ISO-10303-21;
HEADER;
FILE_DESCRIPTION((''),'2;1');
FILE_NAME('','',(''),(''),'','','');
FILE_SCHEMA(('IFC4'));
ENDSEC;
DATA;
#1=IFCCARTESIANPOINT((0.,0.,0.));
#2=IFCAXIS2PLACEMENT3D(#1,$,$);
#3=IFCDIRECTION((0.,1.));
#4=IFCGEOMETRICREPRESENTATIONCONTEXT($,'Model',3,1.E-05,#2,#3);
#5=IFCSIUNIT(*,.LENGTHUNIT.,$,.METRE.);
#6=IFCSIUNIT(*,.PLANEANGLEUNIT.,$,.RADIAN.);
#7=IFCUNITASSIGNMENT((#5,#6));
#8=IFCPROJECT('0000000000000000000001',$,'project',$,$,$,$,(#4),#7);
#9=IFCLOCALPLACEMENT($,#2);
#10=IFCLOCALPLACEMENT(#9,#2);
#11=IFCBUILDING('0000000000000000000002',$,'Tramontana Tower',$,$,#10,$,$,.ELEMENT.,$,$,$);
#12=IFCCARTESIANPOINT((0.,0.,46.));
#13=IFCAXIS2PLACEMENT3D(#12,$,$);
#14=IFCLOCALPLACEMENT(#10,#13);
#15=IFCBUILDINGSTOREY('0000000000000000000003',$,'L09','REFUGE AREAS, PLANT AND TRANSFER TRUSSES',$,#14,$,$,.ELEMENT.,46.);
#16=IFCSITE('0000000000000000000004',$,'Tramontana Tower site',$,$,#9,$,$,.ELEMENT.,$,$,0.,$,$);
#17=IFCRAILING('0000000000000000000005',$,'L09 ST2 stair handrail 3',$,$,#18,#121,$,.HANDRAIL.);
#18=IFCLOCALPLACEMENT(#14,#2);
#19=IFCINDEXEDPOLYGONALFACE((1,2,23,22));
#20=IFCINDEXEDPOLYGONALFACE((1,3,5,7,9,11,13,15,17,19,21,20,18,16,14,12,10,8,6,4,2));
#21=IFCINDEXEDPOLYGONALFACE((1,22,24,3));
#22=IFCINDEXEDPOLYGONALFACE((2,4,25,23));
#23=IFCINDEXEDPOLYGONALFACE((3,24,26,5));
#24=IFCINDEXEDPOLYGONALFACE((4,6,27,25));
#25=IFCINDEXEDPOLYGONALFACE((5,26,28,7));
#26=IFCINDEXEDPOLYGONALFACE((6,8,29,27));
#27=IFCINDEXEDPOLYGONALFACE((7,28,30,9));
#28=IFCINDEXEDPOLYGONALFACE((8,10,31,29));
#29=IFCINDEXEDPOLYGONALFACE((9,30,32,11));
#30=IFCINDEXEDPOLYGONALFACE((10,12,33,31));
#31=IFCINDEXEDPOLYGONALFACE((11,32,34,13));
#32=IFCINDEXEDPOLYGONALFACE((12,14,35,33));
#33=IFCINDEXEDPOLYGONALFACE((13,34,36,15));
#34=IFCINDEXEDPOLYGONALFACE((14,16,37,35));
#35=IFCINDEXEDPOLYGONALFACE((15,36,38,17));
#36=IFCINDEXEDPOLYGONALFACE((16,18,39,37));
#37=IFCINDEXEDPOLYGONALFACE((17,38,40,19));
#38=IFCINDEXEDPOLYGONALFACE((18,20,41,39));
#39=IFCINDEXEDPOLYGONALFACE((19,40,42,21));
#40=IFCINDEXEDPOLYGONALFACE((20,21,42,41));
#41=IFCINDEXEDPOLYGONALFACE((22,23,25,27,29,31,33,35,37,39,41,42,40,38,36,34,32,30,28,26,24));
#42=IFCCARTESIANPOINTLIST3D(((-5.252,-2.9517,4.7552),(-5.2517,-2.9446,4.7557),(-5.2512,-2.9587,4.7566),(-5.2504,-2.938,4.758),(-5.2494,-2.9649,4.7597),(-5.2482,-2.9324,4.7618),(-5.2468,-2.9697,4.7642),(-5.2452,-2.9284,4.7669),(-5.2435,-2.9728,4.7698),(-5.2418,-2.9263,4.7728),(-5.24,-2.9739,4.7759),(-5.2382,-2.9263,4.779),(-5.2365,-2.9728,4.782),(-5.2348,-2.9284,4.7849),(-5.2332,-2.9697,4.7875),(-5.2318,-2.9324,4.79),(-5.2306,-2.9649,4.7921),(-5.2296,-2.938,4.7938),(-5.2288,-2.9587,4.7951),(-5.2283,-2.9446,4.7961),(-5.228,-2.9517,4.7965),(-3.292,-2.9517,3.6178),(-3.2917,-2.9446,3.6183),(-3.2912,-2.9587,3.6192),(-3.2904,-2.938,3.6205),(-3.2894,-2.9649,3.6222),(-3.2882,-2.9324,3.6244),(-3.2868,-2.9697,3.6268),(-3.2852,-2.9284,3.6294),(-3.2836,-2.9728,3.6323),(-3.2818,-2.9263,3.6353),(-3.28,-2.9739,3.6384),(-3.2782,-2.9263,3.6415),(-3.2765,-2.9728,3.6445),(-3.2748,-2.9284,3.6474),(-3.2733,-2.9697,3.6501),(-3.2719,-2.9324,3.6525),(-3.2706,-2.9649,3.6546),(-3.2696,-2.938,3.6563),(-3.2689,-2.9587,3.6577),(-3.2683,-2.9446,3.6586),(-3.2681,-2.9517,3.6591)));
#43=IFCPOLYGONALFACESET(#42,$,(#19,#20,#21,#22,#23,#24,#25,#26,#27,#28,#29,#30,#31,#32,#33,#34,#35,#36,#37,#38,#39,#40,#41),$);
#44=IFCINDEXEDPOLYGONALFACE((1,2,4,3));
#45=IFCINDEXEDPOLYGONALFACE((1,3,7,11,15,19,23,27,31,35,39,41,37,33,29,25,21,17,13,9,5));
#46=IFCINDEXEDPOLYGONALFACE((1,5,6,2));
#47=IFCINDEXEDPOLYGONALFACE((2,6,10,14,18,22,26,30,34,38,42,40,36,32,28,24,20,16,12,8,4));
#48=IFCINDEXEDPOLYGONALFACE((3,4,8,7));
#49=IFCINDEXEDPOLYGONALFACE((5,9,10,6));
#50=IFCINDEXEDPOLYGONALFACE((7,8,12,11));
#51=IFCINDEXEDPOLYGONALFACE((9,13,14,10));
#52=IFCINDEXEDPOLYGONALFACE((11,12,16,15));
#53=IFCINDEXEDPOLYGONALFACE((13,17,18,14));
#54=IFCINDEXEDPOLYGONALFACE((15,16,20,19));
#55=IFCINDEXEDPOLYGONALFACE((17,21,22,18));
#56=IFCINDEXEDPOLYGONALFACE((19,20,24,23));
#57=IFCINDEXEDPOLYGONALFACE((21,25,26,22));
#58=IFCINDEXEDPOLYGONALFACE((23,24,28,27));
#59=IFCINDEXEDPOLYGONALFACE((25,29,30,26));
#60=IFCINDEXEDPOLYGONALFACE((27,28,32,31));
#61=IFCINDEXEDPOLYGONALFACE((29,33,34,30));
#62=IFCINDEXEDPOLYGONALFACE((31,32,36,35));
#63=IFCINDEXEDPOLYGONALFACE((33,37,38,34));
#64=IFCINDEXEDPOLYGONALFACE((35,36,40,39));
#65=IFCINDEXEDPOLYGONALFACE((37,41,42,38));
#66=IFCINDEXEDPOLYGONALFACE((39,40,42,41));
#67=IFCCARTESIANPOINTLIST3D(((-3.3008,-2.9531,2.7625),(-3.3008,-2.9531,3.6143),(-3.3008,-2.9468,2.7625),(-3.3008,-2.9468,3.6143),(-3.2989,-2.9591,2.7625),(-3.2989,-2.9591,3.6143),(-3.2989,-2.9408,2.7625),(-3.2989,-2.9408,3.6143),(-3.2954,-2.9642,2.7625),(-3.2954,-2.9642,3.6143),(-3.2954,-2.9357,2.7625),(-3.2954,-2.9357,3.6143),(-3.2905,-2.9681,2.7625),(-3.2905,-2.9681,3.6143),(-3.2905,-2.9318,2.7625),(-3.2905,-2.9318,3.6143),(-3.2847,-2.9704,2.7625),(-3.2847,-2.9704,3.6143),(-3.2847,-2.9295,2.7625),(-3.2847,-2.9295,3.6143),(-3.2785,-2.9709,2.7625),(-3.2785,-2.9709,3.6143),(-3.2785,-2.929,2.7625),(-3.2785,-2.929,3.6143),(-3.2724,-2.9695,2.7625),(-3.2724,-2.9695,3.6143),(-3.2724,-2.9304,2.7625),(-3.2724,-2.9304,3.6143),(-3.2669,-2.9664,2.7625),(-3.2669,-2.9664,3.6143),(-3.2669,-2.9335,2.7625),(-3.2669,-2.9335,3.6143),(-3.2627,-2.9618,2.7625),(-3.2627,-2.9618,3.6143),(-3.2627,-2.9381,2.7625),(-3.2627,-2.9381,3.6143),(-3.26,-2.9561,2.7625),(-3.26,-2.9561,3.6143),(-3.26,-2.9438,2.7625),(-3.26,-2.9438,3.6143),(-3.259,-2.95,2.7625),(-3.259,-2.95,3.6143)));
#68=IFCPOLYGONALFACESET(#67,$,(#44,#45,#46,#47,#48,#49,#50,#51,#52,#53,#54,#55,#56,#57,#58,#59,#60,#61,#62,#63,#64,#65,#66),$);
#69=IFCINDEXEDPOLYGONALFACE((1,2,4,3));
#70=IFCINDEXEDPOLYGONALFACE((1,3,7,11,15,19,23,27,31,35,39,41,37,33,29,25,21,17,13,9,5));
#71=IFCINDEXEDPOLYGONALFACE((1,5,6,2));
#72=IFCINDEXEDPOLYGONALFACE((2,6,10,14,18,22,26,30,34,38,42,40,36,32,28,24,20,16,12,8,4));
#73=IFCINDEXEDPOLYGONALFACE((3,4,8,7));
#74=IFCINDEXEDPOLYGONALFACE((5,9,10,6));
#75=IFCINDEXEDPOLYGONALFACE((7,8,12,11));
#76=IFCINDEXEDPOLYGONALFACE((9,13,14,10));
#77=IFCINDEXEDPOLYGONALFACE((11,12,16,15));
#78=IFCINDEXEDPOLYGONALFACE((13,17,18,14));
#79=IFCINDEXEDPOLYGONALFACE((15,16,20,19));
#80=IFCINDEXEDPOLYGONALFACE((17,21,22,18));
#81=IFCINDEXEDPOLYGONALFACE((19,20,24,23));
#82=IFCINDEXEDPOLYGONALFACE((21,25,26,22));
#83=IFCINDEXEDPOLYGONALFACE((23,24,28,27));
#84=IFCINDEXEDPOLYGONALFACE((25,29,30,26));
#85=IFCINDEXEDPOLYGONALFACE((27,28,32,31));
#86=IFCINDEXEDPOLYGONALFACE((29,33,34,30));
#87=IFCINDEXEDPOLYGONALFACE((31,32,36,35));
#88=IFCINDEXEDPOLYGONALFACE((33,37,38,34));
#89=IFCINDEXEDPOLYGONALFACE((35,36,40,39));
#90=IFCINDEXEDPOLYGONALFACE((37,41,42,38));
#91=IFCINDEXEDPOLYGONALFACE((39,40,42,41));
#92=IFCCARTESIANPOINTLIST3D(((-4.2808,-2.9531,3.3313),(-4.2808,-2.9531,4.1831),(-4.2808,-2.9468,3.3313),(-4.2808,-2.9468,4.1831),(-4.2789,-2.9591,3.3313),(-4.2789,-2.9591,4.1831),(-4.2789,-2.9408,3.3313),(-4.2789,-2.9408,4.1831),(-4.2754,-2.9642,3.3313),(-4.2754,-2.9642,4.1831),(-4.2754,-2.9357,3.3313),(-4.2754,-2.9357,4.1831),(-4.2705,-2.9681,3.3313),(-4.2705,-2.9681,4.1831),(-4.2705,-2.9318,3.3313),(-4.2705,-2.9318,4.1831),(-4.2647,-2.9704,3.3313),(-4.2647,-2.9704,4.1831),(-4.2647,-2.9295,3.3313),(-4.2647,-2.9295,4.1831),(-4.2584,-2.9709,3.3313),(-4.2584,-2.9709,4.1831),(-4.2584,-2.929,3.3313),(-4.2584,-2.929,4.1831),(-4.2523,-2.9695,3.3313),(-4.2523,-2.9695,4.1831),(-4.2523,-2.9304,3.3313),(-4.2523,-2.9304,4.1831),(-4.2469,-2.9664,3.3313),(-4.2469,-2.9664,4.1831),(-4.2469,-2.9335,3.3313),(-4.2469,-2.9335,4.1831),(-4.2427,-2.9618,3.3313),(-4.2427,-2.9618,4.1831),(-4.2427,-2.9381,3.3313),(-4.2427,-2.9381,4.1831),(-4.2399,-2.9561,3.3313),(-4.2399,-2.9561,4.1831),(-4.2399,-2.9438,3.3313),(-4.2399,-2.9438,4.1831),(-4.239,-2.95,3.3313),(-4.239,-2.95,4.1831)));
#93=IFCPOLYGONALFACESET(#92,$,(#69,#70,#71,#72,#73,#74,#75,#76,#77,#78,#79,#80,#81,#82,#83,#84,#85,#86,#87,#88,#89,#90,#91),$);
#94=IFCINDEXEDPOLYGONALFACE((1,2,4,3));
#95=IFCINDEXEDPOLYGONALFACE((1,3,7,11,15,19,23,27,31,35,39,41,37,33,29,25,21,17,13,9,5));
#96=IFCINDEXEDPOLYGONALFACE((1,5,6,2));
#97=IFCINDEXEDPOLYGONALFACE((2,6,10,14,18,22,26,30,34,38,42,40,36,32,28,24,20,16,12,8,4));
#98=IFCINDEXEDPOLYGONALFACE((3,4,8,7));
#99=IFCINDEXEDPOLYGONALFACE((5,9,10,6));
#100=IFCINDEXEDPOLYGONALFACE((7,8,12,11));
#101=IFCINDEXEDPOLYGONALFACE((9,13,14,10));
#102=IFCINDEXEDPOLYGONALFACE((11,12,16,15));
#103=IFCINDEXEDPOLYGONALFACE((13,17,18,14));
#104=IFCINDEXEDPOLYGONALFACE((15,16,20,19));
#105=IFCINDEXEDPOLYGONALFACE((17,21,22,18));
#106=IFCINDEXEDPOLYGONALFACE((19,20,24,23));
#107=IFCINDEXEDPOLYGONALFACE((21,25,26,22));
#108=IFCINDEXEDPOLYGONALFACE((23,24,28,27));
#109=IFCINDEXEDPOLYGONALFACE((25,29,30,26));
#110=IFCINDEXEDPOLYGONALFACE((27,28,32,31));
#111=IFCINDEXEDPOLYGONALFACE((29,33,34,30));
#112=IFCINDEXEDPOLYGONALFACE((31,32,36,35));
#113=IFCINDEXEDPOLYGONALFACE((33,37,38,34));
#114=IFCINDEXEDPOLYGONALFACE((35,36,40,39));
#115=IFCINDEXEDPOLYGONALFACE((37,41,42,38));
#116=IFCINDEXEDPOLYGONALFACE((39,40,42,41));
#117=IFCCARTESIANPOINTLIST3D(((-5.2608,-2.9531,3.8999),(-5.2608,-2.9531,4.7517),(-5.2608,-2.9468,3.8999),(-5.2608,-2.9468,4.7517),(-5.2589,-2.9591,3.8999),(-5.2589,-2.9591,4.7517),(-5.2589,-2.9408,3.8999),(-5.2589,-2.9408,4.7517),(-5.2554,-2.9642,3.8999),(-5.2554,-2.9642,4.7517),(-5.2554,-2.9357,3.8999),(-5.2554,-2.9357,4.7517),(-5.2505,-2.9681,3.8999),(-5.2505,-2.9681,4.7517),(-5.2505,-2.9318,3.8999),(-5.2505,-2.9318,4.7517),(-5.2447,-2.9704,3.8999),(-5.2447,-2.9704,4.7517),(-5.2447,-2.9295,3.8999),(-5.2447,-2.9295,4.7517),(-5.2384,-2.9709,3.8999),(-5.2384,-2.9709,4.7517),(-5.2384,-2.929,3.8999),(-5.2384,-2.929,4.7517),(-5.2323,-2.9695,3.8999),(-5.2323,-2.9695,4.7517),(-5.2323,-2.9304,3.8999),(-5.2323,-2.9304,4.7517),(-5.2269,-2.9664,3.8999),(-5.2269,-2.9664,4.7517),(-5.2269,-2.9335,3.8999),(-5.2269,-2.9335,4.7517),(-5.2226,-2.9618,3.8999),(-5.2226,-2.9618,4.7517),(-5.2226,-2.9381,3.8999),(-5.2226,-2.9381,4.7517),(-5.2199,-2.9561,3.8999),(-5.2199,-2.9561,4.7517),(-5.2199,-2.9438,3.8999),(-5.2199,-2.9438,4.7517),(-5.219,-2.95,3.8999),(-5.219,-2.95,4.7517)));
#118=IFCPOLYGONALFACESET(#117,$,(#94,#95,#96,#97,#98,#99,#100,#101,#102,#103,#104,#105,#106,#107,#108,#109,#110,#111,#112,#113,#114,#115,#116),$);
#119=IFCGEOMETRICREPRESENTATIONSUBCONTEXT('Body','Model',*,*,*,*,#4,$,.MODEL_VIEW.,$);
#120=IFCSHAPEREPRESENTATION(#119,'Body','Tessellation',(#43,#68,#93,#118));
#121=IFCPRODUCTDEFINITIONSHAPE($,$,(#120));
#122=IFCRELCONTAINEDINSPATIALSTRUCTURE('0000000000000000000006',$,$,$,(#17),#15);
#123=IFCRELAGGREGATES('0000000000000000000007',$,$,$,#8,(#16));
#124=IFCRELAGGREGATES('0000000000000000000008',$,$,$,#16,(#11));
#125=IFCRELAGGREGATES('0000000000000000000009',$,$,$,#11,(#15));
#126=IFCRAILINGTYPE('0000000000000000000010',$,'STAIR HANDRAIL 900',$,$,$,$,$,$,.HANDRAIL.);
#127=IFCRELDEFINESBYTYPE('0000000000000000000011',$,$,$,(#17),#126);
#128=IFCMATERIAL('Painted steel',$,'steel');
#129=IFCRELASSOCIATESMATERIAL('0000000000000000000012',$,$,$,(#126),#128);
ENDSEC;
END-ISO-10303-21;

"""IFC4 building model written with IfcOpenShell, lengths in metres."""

from ifc_helpers import new_model, si_unit, direction, frame, origin, origin_2d, place, context, subcontext, project, spatial, circle, extrude, material, type_object, element, save


model = new_model("IFC4")

# Units and contexts
model_context = context("Model", 3, precision=1e-05, world=origin(), true_north=direction((0.0, 1.0)))
body_context = subcontext(model_context, "Body", "Model", "MODEL_VIEW")
ifc_project = project(units=[si_unit("LENGTHUNIT", "METRE"), si_unit("PLANEANGLEUNIT", "RADIAN")], contexts=[model_context])

# Site, building, storey
site_placement = place(None, origin())
site = spatial("IfcSite", under=ifc_project, at=site_placement, Name="Tramontana Tower site", CompositionType="ELEMENT", RefElevation=0.0)
building_placement = place(site_placement, origin())
building = spatial("IfcBuilding", under=site, at=building_placement, Name="Tramontana Tower", CompositionType="ELEMENT")
storey_placement = place(building_placement, frame((0.0, 0.0, 46.0)))
storey = spatial("IfcBuildingStorey", under=building, at=storey_placement, Name="L09", Description="REFUGE AREAS, PLANT AND TRANSFER TRUSSES", CompositionType="ELEMENT", Elevation=46.0)

# Railing
ifc_material_1 = material(Name="Painted steel", Category="steel")
railing_type_1 = type_object("IfcRailingType", Name="STAIR HANDRAIL 900", PredefinedType="HANDRAIL", material=ifc_material_1)
railing_1_placement = place(storey_placement, frame((-3.28, -2.95, 2.7625)))
element("IfcRailing", 1, at=railing_1_placement, inside=storey, type_object=railing_type_1, Name="L09 ST2 stair handrail 3", PredefinedType="HANDRAIL", context=body_context, shape_type="SweptSolid", body=[
    extrude(circle(Radius=0.0239, at=origin_2d()), frame((0.0, 0.0, 0.876), z_axis=(-0.864902, 0.0, 0.501941), x_axis=(0.0, -1.0, 0.0)), (0.0, 0.0, 1.0), 2.2661),
    extrude(circle(Radius=0.021, at=origin_2d()), origin(), (0.0, 0.0, 1.0), 0.8518),
    extrude(circle(Radius=0.021, at=origin_2d()), frame((-0.98, 0.0, 0.5688)), (0.0, 0.0, 1.0), 0.8518),
    extrude(circle(Radius=0.021, at=origin_2d()), frame((-1.96, 0.0, 1.1375)), (0.0, 0.0, 1.0), 0.8518),
])

save(model, "model.ifc")
